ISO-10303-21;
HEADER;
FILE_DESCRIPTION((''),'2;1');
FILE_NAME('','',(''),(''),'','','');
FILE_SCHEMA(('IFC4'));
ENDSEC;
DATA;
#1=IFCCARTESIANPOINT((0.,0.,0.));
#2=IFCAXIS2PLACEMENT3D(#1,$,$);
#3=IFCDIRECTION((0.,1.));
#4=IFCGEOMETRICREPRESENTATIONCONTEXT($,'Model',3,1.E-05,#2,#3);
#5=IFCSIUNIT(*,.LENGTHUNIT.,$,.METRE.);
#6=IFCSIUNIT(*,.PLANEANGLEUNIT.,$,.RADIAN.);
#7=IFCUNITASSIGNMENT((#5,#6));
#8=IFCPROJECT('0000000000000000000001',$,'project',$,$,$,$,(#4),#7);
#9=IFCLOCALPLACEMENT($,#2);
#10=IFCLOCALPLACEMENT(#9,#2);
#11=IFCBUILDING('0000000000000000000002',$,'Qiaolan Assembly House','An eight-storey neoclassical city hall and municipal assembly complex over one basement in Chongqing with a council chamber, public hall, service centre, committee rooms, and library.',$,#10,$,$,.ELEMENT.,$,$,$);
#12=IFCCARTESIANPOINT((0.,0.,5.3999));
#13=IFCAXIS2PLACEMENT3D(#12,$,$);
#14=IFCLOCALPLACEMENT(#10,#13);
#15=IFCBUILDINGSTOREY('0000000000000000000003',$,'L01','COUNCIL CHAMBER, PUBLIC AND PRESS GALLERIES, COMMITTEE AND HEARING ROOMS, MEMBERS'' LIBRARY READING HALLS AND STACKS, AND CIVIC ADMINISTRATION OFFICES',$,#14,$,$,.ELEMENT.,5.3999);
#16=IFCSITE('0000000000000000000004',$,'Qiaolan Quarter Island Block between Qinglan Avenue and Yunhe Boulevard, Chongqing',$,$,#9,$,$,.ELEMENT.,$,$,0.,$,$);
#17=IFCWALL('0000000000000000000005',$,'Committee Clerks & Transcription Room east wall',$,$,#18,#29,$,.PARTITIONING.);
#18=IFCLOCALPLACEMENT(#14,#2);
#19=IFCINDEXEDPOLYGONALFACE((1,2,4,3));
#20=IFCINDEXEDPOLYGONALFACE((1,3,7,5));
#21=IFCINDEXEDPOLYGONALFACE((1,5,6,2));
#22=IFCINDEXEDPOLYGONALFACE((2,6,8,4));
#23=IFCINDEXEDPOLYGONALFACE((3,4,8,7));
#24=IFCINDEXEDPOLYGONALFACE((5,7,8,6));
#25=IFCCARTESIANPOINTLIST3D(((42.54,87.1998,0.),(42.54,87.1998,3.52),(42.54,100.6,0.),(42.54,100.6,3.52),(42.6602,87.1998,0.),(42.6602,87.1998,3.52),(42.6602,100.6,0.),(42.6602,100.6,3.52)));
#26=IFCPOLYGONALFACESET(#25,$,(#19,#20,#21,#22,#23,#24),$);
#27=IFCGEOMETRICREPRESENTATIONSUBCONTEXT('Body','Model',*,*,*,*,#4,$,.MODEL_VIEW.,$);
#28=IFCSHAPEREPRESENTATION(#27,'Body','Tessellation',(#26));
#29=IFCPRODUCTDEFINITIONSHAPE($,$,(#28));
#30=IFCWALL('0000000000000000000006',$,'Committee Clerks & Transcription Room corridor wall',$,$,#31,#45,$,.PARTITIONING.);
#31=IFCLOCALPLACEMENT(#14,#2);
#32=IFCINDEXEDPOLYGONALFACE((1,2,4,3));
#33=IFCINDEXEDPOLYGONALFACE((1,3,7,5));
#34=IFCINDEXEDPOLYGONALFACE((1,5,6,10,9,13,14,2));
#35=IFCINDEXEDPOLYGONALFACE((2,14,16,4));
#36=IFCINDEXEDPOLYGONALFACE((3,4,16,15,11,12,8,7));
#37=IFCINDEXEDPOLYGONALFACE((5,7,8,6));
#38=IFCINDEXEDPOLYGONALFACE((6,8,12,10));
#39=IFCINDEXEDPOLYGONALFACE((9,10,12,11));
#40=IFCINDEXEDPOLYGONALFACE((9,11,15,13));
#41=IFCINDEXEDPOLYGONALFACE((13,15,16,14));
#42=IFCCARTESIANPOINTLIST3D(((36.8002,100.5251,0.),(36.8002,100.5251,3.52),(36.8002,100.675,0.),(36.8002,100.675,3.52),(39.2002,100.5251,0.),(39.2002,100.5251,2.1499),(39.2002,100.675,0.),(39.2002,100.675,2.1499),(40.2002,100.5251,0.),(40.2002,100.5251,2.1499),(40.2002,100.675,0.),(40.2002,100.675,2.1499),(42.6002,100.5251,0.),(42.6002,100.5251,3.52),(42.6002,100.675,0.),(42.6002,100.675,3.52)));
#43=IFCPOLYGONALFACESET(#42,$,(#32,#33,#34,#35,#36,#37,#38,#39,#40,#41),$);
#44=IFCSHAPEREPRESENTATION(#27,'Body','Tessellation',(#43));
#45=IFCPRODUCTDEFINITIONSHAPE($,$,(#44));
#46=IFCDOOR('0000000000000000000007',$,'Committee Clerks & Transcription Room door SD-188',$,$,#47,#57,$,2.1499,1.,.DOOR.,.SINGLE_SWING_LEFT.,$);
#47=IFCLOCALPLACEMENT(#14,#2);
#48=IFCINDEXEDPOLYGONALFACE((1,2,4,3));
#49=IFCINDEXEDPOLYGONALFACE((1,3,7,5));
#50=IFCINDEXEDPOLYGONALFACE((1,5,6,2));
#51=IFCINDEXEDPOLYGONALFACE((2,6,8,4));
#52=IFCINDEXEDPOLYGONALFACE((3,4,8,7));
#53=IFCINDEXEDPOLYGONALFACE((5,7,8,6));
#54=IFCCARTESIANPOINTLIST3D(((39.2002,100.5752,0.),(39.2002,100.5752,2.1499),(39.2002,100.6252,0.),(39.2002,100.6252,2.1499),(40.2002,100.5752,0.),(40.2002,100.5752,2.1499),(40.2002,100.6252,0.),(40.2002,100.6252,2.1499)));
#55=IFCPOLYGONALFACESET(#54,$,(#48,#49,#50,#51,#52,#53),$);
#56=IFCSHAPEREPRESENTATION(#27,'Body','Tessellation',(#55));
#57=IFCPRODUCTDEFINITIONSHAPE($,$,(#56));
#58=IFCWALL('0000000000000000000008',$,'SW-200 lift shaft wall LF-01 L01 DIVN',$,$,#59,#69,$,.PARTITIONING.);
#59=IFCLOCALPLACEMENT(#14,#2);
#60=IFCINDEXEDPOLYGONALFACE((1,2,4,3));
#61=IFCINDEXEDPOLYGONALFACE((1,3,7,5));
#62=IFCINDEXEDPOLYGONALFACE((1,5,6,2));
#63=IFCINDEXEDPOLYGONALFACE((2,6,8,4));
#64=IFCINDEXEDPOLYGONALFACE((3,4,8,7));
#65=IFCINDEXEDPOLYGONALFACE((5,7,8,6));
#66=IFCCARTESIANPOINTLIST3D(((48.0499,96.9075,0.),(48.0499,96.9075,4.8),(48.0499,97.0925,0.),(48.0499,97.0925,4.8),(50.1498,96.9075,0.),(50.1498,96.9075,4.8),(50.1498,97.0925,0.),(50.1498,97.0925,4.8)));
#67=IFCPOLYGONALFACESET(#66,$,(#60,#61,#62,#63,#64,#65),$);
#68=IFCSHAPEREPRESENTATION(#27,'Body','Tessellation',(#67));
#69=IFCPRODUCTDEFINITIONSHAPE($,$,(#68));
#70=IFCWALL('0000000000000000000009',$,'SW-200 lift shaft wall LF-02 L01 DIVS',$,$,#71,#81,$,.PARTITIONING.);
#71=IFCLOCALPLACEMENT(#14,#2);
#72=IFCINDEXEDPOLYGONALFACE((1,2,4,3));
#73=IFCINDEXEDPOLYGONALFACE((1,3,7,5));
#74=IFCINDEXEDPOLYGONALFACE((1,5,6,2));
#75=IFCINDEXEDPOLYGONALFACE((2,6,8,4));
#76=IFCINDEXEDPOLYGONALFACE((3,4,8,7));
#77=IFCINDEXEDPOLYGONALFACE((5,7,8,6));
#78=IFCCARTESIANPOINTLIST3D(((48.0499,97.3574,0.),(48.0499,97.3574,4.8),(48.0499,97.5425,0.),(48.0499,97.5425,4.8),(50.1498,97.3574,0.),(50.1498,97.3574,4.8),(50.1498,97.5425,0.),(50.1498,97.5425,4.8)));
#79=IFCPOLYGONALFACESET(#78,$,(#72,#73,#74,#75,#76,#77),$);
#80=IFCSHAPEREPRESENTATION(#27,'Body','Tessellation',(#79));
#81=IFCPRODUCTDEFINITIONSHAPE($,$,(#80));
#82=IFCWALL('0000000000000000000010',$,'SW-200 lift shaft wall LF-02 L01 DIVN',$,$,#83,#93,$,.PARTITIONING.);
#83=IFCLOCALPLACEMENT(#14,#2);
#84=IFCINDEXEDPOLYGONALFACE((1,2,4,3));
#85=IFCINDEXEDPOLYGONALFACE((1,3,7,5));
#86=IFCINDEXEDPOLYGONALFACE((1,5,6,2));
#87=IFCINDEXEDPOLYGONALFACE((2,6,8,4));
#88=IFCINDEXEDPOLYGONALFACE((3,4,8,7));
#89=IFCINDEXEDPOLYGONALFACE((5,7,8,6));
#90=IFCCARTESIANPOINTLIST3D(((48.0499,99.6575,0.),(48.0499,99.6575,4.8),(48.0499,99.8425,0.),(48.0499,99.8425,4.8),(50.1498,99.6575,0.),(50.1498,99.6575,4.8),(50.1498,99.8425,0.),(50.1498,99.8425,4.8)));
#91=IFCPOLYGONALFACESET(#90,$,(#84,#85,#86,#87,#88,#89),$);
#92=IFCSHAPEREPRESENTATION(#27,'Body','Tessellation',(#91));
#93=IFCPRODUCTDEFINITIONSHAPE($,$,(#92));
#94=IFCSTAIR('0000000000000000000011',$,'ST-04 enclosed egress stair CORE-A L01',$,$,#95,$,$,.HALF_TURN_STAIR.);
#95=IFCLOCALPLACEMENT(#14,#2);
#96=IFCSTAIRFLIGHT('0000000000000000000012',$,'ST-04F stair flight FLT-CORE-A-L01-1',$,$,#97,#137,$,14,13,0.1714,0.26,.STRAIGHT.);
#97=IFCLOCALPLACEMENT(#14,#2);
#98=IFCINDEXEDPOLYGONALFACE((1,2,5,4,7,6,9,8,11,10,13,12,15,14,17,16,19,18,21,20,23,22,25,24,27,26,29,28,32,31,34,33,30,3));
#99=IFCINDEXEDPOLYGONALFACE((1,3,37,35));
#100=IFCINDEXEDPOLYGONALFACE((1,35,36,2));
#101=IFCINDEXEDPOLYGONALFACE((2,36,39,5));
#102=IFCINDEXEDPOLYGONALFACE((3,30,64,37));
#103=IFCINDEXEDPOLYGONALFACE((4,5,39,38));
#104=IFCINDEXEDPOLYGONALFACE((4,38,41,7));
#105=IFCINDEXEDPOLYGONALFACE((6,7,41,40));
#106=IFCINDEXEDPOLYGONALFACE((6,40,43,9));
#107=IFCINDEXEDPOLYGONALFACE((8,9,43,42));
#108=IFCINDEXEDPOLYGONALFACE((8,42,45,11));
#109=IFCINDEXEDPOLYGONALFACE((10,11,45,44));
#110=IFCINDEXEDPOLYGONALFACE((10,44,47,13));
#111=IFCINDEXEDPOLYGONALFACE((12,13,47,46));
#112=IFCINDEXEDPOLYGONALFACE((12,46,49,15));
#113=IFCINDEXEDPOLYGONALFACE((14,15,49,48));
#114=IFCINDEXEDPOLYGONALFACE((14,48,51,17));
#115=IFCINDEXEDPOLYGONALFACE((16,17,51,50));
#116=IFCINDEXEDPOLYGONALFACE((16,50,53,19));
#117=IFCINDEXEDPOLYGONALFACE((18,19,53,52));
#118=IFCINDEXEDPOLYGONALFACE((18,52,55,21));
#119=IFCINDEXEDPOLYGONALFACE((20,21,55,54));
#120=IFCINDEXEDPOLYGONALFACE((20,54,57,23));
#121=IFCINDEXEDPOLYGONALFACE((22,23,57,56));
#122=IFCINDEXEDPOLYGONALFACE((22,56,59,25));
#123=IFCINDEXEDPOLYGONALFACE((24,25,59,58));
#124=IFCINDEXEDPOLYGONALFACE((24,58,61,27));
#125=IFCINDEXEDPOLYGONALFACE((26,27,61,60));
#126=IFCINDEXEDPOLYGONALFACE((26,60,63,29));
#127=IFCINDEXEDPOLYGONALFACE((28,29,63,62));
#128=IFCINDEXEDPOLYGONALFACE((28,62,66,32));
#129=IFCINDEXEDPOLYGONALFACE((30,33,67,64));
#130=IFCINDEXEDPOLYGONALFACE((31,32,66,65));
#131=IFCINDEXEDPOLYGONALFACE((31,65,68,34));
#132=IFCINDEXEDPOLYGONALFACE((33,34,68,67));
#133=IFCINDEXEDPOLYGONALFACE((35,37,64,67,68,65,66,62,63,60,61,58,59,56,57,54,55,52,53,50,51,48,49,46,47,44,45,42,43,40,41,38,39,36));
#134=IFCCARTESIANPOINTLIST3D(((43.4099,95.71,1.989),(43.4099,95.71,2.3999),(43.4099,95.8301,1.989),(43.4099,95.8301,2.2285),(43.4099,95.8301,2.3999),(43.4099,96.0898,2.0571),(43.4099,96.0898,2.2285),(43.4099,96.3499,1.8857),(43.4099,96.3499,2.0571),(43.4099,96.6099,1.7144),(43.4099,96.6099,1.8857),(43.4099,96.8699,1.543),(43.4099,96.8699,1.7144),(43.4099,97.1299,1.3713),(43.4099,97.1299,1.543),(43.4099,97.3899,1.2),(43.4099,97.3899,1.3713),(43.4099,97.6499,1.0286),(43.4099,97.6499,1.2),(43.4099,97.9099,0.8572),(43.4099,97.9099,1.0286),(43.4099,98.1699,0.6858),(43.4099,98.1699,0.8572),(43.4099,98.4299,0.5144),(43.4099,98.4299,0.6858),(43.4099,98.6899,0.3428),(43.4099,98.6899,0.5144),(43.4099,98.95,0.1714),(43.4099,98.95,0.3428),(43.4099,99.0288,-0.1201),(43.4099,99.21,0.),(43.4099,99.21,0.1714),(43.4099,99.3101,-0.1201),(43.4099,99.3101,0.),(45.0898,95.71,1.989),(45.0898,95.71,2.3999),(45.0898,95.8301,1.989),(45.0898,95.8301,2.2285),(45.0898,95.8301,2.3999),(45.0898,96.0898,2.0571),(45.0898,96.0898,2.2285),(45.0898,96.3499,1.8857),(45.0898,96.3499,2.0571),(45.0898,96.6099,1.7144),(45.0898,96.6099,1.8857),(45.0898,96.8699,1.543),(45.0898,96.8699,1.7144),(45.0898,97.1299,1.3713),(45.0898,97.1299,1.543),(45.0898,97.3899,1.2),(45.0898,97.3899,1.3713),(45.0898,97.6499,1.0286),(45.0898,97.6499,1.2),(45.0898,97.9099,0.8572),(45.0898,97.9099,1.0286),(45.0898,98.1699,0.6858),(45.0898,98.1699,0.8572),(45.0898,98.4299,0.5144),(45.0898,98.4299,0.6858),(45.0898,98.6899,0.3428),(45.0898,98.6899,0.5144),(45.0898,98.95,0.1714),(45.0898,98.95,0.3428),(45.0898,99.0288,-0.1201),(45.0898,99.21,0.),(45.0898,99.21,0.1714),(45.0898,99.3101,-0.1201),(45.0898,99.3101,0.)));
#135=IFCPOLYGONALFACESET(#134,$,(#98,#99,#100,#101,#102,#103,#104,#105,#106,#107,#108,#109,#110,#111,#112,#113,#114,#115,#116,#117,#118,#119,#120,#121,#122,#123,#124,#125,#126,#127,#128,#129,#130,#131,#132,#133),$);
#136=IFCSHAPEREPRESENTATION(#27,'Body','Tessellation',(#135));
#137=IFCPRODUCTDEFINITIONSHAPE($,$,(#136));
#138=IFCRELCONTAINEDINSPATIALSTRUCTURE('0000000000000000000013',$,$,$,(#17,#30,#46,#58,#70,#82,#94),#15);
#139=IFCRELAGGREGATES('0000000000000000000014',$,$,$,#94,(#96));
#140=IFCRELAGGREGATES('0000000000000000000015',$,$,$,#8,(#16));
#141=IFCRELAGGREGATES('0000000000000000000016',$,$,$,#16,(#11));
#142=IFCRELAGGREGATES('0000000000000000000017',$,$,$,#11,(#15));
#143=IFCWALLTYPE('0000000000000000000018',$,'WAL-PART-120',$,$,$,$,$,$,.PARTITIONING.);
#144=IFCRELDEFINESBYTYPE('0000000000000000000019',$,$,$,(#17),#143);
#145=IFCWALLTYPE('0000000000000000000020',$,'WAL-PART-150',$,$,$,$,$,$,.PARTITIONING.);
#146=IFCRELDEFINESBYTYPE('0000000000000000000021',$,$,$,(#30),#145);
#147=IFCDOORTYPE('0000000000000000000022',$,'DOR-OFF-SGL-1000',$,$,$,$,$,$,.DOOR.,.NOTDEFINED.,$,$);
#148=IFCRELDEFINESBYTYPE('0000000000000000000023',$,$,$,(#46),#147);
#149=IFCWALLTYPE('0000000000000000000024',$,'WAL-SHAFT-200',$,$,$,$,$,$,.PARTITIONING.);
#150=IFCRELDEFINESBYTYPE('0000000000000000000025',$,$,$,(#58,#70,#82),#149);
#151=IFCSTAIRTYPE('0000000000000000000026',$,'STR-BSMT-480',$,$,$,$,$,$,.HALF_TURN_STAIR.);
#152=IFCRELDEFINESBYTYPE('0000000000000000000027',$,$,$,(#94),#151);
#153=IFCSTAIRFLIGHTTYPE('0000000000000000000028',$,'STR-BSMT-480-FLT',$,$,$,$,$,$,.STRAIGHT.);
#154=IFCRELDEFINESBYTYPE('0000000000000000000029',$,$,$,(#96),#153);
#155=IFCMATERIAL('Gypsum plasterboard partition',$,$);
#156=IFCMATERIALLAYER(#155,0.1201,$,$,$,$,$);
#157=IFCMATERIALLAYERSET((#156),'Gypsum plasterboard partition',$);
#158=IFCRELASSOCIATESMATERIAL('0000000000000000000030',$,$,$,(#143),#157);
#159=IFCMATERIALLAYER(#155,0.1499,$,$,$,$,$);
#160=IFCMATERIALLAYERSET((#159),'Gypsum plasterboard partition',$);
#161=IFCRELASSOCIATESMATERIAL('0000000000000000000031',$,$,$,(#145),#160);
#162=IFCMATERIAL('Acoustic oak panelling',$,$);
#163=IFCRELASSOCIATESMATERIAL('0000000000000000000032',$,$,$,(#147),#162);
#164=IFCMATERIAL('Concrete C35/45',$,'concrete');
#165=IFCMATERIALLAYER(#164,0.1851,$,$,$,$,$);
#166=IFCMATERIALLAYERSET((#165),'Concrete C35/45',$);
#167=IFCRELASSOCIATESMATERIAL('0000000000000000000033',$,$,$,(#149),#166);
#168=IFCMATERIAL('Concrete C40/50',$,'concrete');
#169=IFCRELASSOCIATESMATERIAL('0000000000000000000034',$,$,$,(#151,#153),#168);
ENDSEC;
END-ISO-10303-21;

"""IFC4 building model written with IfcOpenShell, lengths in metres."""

from ifc_helpers import new_model, si_unit, direction, frame, frame_2d, origin, place, context, subcontext, project, spatial, polyline, rectangle, outline, extrude, material, layer, layer_set, type_object, element, fill, aggregate, save


model = new_model("IFC4")

# Units and contexts
model_context = context("Model", 3, precision=1e-05, world=origin(), true_north=direction((0.0, 1.0)))
body_context = subcontext(model_context, "Body", "Model", "MODEL_VIEW")
ifc_project = project(units=[si_unit("LENGTHUNIT", "METRE"), si_unit("PLANEANGLEUNIT", "RADIAN")], contexts=[model_context])

# Site, building, storey
site_placement = place(None, origin())
site = spatial("IfcSite", under=ifc_project, at=site_placement, Name="Qiaolan Quarter Island Block between Qinglan Avenue and Yunhe Boulevard, Chongqing", CompositionType="ELEMENT", RefElevation=0.0)
building_placement = place(site_placement, origin())
building = spatial("IfcBuilding", under=site, at=building_placement, Name="Qiaolan Assembly House", Description="An eight-storey neoclassical city hall and municipal assembly complex over one basement in Chongqing with a council chamber, public hall, service centre, committee rooms, and library.", CompositionType="ELEMENT")
storey_placement = place(building_placement, frame((0.0, 0.0, 5.3999)))
storey = spatial("IfcBuildingStorey", under=building, at=storey_placement, Name="L01", Description="COUNCIL CHAMBER, PUBLIC AND PRESS GALLERIES, COMMITTEE AND HEARING ROOMS, MEMBERS' LIBRARY READING HALLS AND STACKS, AND CIVIC ADMINISTRATION OFFICES", CompositionType="ELEMENT", Elevation=5.3999)

# Shared definitions
ifc_material_1 = material(Name="Concrete C40/50", Category="concrete")

# Wall
ifc_material_2 = material(Name="Gypsum plasterboard partition")
ifc_layer_1 = layer(ifc_material_2, 0.1201)
ifc_layer_set_1 = layer_set([ifc_layer_1], Name="Gypsum plasterboard partition")
wall_type_1 = type_object("IfcWallType", Name="WAL-PART-120", PredefinedType="PARTITIONING", material=ifc_layer_set_1)
wall_1_placement = place(storey_placement, frame((42.6001, 100.6001, 0.0), z_axis=(0.0, 0.0, 1.0), x_axis=(0.0, -1.0, 0.0)))
element("IfcWall", 1, at=wall_1_placement, inside=storey, type_object=wall_type_1, Name="Committee Clerks & Transcription Room east wall", PredefinedType="PARTITIONING", context=body_context, shape_type="SweptSolid", body=[
    extrude(rectangle(XDim=13.4001, YDim=0.1201, at=frame_2d((6.7002, 0.0))), origin(), (0.0, 0.0, 1.0), 3.52),
])

# Wall, opening, door
ifc_layer_2 = layer(ifc_material_2, 0.1499)
ifc_layer_set_2 = layer_set([ifc_layer_2], Name="Gypsum plasterboard partition")
wall_type_2 = type_object("IfcWallType", Name="WAL-PART-150", PredefinedType="PARTITIONING", material=ifc_layer_set_2)
wall_2_placement = place(storey_placement, frame((42.6001, 100.6001, 0.0), z_axis=(0.0, 0.0, 1.0), x_axis=(-1.0, 0.0, 0.0)))
wall_2 = element("IfcWall", 2, at=wall_2_placement, inside=storey, type_object=wall_type_2, Name="Committee Clerks & Transcription Room corridor wall", PredefinedType="PARTITIONING", context=body_context, shape_type="SweptSolid", body=[
    extrude(rectangle(XDim=5.8, YDim=0.1499, at=frame_2d((2.8999, 0.0))), origin(), (0.0, 0.0, 1.0), 3.52),
])
opening_1_placement = place(wall_2_placement, frame((2.3999, 0.0, 0.0)))
opening_1 = element("IfcOpeningElement", 3, at=opening_1_placement, cuts=wall_2, PredefinedType="OPENING", context=body_context, shape_type="SweptSolid", body=[
    extrude(rectangle(XDim=1.0, YDim=2.1499, at=frame_2d((0.5, 1.075))), frame((0.0, 0.085, 0.0), z_axis=(0.0, -1.0, 0.0), x_axis=(1.0, 0.0, 0.0)), (0.0, 0.0, 1.0), 0.1699),
])
ifc_material_3 = material(Name="Acoustic oak panelling")
door_type = type_object("IfcDoorType", Name="DOR-OFF-SGL-1000", OperationType="NOTDEFINED", PredefinedType="DOOR", material=ifc_material_3)
door_placement = place(opening_1_placement, origin())
door = element("IfcDoor", 4, at=door_placement, inside=storey, type_object=door_type, Name="Committee Clerks & Transcription Room door SD-188", OperationType="SINGLE_SWING_LEFT", OverallHeight=2.1499, OverallWidth=1.0, PredefinedType="DOOR", context=body_context, shape_type="SweptSolid", body=[
    extrude(rectangle(XDim=1.0, YDim=2.1499, at=frame_2d((0.5, 1.075))), frame((0.0, 0.0249, 0.0), z_axis=(0.0, -1.0, 0.0), x_axis=(1.0, 0.0, 0.0)), (0.0, 0.0, 1.0), 0.05),
])
fill(opening_1, door)

# Walls
ifc_material_4 = material(Name="Concrete C35/45", Category="concrete")
ifc_layer_3 = layer(ifc_material_4, 0.1851)
ifc_layer_set_3 = layer_set([ifc_layer_3], Name="Concrete C35/45")
wall_type_3 = type_object("IfcWallType", Name="WAL-SHAFT-200", PredefinedType="PARTITIONING", material=ifc_layer_set_3)
for number, where, z_axis, x_axis, name in (
    (5, (48.05, 97.0, 0.0), (0.0, 0.0, 1.0), (1.0, 0.0, 0.0), "SW-200 lift shaft wall LF-01 L01 DIVN"),
    (6, (48.05, 97.45, 0.0), (0.0, 0.0, 1.0), (1.0, 0.0, 0.0), "SW-200 lift shaft wall LF-02 L01 DIVS"),
    (7, (48.05, 99.75, 0.0), (0.0, 0.0, 1.0), (1.0, 0.0, 0.0), "SW-200 lift shaft wall LF-02 L01 DIVN"),
):
    element("IfcWall", number, at=place(storey_placement, frame(where, z_axis=z_axis, x_axis=x_axis)), inside=storey, type_object=wall_type_3, Name=name, PredefinedType="PARTITIONING", context=body_context, shape_type="SweptSolid", body=[
        extrude(rectangle(XDim=2.0999, YDim=0.1851, at=frame_2d((1.0498, 0.0))), origin(), (0.0, 0.0, 1.0), 4.8),
    ])

# Stair, stair flight
stair_type = type_object("IfcStairType", Name="STR-BSMT-480", PredefinedType="HALF_TURN_STAIR", material=ifc_material_1)
stair_placement = place(storey_placement, origin())
stair = element("IfcStair", 8, at=stair_placement, inside=storey, type_object=stair_type, Name="ST-04 enclosed egress stair CORE-A L01", PredefinedType="HALF_TURN_STAIR")
stair_flight_type = type_object("IfcStairFlightType", Name="STR-BSMT-480-FLT", PredefinedType="STRAIGHT", material=ifc_material_1)
stair_flight_placement = place(storey_placement, frame((44.25, 99.21, 0.0), z_axis=(0.0, 0.0, 1.0), x_axis=(0.0, -1.0, 0.0)))
stair_flight = element("IfcStairFlight", 9, at=stair_flight_placement, type_object=stair_flight_type, Name="ST-04F stair flight FLT-CORE-A-L01-1", NumberOfRisers=14, NumberOfTreads=13, PredefinedType="STRAIGHT", RiserHeight=0.1714, TreadLength=0.26, context=body_context, shape_type="SweptSolid", body=[
    extrude(outline(polyline([(-0.1001, -0.1201), (-0.1001, 0.0), (0.0, 0.0), (0.0, 0.1714), (0.26, 0.1714), (0.26, 0.3428), (0.52, 0.3428), (0.52, 0.5144), (0.78, 0.5144), (0.78, 0.6858), (1.04, 0.6858), (1.04, 0.8572), (1.3, 0.8572), (1.3, 1.0286), (1.5601, 1.0286), (1.5601, 1.2), (1.8201, 1.2), (1.8201, 1.3713), (2.0801, 1.3713), (2.0801, 1.543), (2.3401, 1.543), (2.3401, 1.7144), (2.6001, 1.7144), (2.6001, 1.8857), (2.8601, 1.8857), (2.8601, 2.0571), (3.1201, 2.0571), (3.1201, 2.2285), (3.3799, 2.2285), (3.3799, 2.3999), (3.5, 2.3999), (3.5, 1.989), (3.3799, 1.989), (0.1812, -0.1201), (-0.1001, -0.1201)])), frame((0.0, 0.8398, 0.0), z_axis=(0.0, -1.0, 0.0), x_axis=(1.0, 0.0, 0.0)), (0.0, 0.0, 1.0), 1.6799),
])
aggregate(stair, [stair_flight])

save(model, "model.ifc")
